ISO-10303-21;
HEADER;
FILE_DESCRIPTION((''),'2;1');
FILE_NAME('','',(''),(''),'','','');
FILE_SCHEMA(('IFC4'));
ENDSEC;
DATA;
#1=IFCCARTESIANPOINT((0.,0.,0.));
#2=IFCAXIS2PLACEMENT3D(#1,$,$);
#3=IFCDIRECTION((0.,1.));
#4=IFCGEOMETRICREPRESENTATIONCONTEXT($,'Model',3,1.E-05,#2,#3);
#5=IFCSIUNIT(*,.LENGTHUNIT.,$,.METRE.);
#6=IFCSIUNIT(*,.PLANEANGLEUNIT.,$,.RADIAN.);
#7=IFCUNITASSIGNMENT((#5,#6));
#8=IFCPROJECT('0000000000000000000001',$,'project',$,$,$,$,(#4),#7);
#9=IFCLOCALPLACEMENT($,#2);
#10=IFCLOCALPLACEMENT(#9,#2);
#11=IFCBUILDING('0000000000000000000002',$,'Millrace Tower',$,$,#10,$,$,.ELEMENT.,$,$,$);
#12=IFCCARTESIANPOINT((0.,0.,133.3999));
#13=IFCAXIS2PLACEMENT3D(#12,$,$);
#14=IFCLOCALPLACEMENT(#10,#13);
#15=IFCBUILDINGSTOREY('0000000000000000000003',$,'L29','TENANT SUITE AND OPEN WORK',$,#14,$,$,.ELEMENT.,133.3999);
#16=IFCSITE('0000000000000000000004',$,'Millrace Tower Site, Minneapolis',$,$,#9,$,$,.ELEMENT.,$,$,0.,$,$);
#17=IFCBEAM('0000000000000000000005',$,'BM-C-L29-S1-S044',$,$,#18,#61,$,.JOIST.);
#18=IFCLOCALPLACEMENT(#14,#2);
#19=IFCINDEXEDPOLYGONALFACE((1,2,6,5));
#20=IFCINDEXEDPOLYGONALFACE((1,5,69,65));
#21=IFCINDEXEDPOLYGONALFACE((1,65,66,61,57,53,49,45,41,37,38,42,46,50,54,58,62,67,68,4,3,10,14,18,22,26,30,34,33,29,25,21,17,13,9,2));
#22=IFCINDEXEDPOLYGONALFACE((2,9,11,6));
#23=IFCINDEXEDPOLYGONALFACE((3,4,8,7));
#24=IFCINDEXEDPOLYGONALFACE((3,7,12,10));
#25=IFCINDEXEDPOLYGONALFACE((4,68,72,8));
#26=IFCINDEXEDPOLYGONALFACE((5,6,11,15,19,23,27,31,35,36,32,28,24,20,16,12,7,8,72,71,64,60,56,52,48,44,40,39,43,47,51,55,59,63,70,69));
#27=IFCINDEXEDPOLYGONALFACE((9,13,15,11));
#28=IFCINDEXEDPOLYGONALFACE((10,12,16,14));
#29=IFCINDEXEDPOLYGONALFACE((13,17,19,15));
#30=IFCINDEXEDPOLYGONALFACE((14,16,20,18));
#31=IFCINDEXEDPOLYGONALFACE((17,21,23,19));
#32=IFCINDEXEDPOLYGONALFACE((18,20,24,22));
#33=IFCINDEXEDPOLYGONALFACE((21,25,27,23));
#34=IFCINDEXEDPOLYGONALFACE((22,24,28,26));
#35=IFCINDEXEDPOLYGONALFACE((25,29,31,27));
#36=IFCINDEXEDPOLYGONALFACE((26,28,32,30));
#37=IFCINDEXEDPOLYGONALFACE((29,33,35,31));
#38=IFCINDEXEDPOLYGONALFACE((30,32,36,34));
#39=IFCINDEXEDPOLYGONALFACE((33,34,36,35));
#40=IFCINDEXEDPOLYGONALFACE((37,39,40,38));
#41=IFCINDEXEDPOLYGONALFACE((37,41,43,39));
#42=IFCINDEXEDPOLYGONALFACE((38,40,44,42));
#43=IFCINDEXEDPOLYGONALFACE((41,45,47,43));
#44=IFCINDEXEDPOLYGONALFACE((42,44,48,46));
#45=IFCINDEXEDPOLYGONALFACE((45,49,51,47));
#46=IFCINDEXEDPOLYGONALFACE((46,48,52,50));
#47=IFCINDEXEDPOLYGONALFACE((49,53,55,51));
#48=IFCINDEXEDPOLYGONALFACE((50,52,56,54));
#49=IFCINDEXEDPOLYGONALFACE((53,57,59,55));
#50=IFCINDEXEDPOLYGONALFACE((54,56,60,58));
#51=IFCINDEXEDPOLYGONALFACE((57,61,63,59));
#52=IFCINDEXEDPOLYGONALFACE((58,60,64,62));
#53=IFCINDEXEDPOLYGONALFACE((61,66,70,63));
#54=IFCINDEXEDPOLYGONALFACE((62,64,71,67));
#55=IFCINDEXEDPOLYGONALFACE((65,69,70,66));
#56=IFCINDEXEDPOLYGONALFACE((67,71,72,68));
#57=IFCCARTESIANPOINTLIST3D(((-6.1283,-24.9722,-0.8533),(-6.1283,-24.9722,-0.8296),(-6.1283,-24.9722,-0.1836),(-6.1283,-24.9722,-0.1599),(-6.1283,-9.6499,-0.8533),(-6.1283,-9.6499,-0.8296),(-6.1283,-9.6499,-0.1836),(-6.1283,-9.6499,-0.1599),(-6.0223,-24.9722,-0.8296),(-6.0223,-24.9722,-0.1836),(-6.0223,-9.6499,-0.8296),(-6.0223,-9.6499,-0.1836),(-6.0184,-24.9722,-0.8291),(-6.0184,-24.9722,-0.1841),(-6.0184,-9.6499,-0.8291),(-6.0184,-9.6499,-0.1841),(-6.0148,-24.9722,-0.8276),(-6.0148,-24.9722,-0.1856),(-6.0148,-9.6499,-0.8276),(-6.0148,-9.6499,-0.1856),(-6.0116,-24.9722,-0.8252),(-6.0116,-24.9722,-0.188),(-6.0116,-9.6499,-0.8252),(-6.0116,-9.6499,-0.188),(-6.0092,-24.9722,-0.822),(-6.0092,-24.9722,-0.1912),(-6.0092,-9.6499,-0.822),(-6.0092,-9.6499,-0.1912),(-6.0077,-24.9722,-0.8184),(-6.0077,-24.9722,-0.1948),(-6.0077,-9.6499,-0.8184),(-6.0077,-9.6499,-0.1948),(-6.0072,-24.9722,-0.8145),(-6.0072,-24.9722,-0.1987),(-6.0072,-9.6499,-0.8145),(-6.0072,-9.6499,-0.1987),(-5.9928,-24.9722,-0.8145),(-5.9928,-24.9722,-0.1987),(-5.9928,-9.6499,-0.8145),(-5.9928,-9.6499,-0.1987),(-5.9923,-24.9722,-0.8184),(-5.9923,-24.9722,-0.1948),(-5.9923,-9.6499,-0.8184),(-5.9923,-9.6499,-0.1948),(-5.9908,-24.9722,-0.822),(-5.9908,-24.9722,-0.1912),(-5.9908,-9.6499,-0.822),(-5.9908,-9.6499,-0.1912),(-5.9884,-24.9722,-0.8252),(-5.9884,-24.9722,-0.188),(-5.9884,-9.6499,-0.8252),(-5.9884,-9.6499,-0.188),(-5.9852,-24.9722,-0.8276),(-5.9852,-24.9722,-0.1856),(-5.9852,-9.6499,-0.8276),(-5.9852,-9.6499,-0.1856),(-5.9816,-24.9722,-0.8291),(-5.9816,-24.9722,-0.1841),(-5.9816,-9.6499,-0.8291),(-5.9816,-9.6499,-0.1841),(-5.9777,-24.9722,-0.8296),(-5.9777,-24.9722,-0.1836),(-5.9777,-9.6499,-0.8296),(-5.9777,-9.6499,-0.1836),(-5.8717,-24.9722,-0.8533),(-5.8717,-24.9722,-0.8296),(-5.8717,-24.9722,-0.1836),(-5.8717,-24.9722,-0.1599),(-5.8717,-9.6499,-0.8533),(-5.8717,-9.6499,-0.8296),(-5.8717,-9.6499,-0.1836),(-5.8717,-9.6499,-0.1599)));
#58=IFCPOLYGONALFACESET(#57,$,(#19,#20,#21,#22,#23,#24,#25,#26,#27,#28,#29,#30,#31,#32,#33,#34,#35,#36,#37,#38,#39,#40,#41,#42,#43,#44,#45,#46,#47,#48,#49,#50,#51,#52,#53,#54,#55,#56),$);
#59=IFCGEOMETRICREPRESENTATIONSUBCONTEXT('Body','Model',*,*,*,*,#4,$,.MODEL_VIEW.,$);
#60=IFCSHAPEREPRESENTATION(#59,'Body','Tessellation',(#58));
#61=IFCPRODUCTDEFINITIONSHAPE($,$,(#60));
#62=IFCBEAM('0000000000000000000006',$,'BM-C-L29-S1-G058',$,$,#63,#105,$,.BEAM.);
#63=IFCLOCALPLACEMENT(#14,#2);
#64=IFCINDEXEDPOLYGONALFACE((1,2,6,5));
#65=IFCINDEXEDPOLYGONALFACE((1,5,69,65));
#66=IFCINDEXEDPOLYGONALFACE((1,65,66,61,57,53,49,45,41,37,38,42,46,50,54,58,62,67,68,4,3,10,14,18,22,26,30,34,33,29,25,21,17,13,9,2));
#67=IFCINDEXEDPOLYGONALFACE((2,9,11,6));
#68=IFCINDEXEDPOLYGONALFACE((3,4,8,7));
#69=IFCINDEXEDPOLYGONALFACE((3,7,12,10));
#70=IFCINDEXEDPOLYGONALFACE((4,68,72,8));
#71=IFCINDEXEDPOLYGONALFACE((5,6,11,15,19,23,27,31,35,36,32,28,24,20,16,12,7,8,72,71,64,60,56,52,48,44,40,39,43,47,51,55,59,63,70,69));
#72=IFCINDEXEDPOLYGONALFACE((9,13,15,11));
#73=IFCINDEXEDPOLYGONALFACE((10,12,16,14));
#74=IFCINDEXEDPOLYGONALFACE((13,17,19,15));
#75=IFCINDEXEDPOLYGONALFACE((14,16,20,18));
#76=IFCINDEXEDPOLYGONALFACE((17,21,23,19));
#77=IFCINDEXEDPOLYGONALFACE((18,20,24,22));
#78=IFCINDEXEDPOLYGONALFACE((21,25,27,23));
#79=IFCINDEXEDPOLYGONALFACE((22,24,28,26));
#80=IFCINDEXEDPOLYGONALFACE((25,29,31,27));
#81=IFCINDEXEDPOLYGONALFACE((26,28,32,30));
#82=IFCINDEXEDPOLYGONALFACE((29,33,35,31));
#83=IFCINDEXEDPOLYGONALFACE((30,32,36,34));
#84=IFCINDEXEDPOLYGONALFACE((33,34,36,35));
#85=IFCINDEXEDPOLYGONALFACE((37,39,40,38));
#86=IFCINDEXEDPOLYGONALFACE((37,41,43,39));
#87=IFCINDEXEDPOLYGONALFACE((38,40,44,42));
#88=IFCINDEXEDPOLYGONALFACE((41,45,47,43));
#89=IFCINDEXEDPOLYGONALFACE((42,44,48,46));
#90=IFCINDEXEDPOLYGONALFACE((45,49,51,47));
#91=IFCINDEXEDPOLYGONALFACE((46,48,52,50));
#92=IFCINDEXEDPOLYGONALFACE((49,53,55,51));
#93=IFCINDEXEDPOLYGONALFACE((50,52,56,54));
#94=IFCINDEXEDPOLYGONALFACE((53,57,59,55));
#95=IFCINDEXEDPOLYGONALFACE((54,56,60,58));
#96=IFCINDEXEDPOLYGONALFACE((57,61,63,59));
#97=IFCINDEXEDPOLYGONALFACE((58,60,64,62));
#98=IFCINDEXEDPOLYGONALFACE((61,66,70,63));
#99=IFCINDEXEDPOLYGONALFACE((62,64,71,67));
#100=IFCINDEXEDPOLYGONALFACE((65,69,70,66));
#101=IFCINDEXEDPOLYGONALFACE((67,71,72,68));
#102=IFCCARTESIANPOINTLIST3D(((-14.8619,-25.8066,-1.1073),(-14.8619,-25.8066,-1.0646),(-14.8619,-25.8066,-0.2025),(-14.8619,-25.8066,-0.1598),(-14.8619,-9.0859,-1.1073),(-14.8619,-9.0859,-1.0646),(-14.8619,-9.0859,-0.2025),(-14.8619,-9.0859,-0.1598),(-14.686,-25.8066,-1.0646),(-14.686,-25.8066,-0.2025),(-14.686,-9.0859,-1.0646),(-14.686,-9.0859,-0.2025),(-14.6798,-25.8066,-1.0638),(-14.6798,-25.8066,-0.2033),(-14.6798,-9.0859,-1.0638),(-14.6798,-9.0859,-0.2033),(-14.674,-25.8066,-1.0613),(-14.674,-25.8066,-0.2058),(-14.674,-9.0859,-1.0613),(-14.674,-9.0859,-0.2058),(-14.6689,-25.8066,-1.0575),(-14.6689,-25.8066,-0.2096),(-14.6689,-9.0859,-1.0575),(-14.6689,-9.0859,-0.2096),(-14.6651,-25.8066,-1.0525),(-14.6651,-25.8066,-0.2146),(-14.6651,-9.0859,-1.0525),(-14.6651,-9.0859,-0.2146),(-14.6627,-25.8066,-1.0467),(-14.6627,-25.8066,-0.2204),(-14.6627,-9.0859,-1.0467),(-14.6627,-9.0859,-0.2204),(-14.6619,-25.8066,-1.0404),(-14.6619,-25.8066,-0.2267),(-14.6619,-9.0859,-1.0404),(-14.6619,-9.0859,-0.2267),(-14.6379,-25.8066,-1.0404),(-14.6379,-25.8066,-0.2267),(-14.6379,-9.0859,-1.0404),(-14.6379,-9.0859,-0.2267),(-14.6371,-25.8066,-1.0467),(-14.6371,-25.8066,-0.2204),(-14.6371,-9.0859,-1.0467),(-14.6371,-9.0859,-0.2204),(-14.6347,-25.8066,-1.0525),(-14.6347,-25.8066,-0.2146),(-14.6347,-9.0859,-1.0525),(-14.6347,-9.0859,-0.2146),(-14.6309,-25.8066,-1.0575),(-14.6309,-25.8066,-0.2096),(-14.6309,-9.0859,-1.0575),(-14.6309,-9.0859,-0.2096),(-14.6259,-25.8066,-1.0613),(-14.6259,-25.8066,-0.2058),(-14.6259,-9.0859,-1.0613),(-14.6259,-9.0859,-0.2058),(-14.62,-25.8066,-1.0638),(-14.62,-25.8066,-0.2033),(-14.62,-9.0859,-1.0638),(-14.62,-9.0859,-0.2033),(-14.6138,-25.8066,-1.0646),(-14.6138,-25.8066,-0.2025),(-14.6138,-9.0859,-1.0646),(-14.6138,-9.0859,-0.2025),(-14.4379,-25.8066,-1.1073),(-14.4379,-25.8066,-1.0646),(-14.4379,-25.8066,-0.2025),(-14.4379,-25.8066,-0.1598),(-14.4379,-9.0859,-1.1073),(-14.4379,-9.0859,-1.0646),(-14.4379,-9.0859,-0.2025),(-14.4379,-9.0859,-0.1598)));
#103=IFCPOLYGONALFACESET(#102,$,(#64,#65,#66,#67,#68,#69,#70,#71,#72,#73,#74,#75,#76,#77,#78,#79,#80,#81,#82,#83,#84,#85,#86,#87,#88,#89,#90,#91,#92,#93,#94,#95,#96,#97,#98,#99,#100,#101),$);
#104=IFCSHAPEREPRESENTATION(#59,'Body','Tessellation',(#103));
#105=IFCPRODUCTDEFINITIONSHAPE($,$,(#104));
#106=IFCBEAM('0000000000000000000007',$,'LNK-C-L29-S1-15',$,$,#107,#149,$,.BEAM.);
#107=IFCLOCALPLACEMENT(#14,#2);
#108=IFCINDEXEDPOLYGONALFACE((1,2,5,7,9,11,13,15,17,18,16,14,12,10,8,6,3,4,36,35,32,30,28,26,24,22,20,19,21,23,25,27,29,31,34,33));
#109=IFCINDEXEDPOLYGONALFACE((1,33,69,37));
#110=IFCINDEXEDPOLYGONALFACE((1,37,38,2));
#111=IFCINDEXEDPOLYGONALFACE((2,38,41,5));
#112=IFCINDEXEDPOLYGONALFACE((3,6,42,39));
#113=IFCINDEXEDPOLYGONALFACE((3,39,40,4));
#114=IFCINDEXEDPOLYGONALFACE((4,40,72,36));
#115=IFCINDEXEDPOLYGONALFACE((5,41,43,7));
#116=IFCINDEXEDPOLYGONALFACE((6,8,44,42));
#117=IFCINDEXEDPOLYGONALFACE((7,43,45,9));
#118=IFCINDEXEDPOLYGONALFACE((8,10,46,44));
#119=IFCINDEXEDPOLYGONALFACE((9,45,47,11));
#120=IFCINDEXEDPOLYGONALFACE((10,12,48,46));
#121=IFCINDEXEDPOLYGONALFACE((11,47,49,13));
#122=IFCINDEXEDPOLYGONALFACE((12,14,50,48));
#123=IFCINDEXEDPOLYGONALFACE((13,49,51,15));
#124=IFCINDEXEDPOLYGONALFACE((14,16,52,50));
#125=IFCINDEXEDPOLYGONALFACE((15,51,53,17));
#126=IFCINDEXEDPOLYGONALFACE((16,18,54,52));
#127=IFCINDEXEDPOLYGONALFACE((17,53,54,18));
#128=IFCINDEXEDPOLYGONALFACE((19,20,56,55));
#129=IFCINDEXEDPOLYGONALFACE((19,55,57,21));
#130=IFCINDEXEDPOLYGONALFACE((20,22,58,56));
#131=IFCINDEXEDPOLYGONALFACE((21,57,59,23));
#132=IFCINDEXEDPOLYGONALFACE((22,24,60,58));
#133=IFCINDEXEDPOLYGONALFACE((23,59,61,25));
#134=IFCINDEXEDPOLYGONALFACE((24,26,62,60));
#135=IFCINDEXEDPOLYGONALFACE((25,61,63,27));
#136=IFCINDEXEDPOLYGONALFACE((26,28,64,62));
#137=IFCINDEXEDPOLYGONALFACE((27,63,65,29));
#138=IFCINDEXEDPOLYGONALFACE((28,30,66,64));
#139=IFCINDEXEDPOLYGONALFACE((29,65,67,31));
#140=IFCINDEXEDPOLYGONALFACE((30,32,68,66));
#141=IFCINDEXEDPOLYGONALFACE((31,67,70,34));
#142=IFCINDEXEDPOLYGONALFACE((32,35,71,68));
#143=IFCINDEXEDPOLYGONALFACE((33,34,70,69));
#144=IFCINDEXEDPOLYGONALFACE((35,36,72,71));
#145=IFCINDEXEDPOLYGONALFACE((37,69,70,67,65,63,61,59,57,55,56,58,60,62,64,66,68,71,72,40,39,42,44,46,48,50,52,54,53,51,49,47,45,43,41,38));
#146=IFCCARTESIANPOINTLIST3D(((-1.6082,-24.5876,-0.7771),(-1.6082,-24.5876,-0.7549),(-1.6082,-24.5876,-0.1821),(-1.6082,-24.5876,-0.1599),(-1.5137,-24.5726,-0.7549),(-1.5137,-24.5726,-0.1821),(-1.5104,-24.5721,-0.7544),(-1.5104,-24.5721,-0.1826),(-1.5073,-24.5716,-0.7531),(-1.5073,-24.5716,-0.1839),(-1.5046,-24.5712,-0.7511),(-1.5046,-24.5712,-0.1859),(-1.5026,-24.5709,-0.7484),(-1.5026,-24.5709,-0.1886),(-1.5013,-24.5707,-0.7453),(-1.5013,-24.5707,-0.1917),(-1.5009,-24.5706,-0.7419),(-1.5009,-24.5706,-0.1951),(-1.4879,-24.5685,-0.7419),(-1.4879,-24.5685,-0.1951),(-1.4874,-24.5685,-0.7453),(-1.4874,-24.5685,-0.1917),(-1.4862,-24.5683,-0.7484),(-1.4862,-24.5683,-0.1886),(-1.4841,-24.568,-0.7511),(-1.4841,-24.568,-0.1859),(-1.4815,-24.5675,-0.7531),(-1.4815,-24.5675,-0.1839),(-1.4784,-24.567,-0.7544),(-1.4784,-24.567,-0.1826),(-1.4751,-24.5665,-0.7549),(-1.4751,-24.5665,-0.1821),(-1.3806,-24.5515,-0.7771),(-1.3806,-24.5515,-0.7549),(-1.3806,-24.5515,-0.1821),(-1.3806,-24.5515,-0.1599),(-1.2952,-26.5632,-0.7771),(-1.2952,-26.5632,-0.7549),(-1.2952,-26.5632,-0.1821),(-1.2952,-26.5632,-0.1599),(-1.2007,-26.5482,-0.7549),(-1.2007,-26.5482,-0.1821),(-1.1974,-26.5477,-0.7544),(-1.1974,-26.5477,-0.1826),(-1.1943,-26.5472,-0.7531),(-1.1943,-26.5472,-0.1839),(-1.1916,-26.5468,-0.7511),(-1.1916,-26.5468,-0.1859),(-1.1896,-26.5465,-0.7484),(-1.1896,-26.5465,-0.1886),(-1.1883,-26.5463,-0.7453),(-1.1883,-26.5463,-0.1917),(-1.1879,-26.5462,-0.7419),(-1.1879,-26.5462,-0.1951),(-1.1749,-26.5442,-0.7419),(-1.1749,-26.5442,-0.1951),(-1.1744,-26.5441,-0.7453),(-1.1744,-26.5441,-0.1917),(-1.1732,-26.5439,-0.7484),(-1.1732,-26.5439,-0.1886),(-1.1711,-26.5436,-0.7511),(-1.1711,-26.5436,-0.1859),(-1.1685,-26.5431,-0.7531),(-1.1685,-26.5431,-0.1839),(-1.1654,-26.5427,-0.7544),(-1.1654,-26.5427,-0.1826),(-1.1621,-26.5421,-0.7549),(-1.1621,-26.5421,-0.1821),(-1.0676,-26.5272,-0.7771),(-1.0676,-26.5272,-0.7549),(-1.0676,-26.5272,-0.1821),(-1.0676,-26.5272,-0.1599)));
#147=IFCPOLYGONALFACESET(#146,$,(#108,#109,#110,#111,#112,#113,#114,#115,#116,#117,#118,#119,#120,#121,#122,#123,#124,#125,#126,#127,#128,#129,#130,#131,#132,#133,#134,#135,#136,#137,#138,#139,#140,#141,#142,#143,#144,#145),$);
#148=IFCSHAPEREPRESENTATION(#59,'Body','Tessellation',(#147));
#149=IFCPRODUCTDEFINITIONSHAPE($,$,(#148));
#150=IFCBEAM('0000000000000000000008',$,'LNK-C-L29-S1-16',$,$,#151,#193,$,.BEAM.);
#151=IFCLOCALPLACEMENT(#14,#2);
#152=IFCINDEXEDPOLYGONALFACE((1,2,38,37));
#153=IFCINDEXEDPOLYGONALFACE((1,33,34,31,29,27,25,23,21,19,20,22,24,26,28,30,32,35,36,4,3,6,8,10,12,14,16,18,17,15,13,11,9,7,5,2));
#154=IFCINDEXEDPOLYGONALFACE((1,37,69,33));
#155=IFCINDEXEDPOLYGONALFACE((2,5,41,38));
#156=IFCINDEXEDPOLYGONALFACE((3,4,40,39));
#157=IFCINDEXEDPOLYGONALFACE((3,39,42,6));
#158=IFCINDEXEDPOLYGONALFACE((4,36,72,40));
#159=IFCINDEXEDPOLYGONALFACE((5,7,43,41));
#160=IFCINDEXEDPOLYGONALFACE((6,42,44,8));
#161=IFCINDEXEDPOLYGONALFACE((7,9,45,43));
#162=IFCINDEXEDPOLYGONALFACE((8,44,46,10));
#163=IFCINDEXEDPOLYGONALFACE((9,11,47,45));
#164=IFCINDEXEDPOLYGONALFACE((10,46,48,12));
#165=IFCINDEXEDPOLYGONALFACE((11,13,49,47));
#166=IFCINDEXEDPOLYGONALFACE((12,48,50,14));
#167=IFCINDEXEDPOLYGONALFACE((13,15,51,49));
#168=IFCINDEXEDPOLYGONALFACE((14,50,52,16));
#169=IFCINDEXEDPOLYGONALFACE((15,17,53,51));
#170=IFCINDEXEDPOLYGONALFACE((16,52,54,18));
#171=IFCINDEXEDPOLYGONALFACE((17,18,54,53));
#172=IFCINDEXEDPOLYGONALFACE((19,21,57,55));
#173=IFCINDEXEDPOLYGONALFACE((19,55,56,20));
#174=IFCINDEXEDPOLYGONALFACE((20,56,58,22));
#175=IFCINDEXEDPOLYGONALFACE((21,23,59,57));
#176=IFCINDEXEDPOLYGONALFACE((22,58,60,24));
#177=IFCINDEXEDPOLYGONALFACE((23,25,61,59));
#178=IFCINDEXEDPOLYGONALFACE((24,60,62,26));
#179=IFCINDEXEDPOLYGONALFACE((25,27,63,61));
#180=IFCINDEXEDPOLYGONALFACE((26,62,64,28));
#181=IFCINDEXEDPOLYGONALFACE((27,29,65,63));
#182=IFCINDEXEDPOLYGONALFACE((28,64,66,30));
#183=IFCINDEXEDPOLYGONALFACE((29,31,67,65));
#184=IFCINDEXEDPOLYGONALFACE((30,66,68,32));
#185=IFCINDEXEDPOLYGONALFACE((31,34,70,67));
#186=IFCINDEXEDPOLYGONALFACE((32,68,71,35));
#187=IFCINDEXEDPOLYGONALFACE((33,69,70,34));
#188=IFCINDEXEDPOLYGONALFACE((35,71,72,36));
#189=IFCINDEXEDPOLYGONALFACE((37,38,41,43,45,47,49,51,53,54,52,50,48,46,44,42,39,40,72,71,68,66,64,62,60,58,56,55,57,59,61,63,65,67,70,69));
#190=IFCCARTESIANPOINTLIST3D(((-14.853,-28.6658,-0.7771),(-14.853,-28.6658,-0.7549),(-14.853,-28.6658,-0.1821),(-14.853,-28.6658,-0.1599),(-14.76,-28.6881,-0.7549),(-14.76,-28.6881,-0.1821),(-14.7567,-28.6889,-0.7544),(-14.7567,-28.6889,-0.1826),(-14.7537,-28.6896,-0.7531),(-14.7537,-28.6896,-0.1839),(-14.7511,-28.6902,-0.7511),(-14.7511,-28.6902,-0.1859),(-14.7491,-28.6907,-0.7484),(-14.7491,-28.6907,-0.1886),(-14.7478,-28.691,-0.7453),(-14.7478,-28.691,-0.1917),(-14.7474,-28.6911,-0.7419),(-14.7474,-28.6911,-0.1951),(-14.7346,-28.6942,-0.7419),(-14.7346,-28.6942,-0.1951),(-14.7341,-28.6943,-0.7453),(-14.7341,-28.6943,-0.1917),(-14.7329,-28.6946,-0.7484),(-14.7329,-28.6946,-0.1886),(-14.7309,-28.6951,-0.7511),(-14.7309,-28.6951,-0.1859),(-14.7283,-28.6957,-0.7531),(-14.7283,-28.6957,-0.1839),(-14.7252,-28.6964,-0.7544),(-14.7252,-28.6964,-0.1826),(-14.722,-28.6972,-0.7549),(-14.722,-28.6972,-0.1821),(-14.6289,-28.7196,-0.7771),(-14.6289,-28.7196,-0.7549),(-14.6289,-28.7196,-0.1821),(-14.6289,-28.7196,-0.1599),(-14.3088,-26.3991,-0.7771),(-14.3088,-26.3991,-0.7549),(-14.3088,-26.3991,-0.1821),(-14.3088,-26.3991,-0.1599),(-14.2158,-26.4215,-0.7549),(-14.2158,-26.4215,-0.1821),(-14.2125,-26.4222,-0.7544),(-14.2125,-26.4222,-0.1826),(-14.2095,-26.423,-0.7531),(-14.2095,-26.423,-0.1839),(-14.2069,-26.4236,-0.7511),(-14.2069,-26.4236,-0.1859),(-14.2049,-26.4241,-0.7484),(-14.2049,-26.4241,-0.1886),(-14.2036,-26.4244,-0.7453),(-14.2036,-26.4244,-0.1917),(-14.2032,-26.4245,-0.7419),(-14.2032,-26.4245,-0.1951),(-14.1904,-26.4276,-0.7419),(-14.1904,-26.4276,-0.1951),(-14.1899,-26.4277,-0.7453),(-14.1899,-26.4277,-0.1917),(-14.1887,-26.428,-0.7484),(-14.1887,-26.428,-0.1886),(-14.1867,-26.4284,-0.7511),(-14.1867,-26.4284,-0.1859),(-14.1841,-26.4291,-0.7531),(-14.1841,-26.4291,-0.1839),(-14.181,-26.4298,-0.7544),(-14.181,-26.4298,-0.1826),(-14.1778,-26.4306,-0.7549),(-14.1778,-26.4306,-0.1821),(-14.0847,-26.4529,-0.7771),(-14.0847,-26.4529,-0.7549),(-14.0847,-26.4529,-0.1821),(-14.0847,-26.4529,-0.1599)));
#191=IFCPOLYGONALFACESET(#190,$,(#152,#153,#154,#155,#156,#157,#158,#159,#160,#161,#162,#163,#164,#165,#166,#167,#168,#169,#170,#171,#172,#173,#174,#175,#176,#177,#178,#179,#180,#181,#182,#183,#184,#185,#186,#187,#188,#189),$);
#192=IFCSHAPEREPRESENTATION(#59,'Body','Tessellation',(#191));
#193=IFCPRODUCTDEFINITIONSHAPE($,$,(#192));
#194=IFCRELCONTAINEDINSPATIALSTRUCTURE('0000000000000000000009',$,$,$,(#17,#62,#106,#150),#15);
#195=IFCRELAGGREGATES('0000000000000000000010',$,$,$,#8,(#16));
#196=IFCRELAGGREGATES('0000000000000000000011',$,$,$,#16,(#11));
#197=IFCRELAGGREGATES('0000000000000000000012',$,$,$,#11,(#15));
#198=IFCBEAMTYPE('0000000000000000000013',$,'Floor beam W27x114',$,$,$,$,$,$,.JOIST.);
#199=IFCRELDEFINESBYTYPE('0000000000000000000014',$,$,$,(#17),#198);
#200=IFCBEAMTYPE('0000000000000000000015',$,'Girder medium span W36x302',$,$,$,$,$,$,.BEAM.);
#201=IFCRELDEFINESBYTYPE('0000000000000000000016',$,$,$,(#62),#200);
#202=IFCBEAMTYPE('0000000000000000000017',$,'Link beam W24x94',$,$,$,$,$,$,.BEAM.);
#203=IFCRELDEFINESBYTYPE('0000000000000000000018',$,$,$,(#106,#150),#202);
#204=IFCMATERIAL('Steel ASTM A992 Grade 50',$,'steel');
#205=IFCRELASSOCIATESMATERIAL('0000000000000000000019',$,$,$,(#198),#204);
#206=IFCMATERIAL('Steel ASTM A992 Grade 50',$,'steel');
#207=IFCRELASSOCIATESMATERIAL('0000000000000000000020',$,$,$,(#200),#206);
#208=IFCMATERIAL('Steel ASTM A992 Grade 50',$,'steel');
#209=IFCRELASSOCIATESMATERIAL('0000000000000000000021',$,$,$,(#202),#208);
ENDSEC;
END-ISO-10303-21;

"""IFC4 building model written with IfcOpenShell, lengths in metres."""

from ifc_helpers import new_model, si_unit, direction, frame, origin, origin_2d, place, context, subcontext, project, spatial, i_section, extrude, material, material_profile, profile_set, type_object, element, save


model = new_model("IFC4")

# Units and contexts
model_context = context("Model", 3, precision=1e-05, world=origin(), true_north=direction((0.0, 1.0)))
body_context = subcontext(model_context, "Body", "Model", "MODEL_VIEW")
ifc_project = project(units=[si_unit("LENGTHUNIT", "METRE"), si_unit("PLANEANGLEUNIT", "RADIAN")], contexts=[model_context])

# Site, building, storey
site_placement = place(None, origin())
site = spatial("IfcSite", under=ifc_project, at=site_placement, Name="Millrace Tower Site, Minneapolis", CompositionType="ELEMENT", RefElevation=0.0)
building_placement = place(site_placement, origin())
building = spatial("IfcBuilding", under=site, at=building_placement, Name="Millrace Tower", CompositionType="ELEMENT")
storey_placement = place(building_placement, frame((0.0, 0.0, 133.3999)))
storey = spatial("IfcBuildingStorey", under=building, at=storey_placement, Name="L29", Description="TENANT SUITE AND OPEN WORK", CompositionType="ELEMENT", Elevation=133.3999)

# Beams
ifc_material_1 = material(Name="Steel ASTM A992 Grade 50", Category="steel")
ifc_material_profile_1 = material_profile(ifc_material_1, i_section(OverallWidth=0.2566, OverallDepth=0.6934, WebThickness=0.0144, FlangeThickness=0.0237, FilletRadius=0.0151, at=origin_2d()))
ifc_profile_set_1 = profile_set([ifc_material_profile_1], Name="Steel ASTM A992 Grade 50")
beam_type_1 = type_object("IfcBeamType", Name="Floor beam W27x114", PredefinedType="JOIST", material=ifc_profile_set_1)
beam_1_placement = place(storey_placement, frame((-6.0, -24.9722, -0.5066), z_axis=(0.0, 1.0, 0.0), x_axis=(-1.0, 0.0, 0.0)))
element("IfcBeam", 1, at=beam_1_placement, inside=storey, type_object=beam_type_1, Name="BM-C-L29-S1-S044", PredefinedType="JOIST", context=body_context, shape_type="SweptSolid", body=[
    extrude(i_section(OverallWidth=0.2566, OverallDepth=0.6934, WebThickness=0.0144, FlangeThickness=0.0237, FilletRadius=0.0151, at=origin_2d()), origin(), (0.0, 0.0, 1.0), 15.3223),
])
ifc_material_2 = material(Name="Steel ASTM A992 Grade 50", Category="steel")
ifc_material_profile_2 = material_profile(ifc_material_2, i_section(OverallWidth=0.4241, OverallDepth=0.9475, WebThickness=0.0239, FlangeThickness=0.0427, FilletRadius=0.0242, at=origin_2d()))
ifc_profile_set_2 = profile_set([ifc_material_profile_2], Name="Steel ASTM A992 Grade 50")
beam_type_2 = type_object("IfcBeamType", Name="Girder medium span W36x302", PredefinedType="BEAM", material=ifc_profile_set_2)
beam_2_placement = place(storey_placement, frame((-14.6499, -25.8066, -0.6335), z_axis=(0.0, 1.0, 0.0), x_axis=(-1.0, 0.0, 0.0)))
element("IfcBeam", 2, at=beam_2_placement, inside=storey, type_object=beam_type_2, Name="BM-C-L29-S1-G058", PredefinedType="BEAM", context=body_context, shape_type="SweptSolid", body=[
    extrude(i_section(OverallWidth=0.4241, OverallDepth=0.9475, WebThickness=0.0239, FlangeThickness=0.0427, FilletRadius=0.0242, at=origin_2d()), origin(), (0.0, 0.0, 1.0), 16.7207),
])
ifc_material_3 = material(Name="Steel ASTM A992 Grade 50", Category="steel")
ifc_material_profile_3 = material_profile(ifc_material_3, i_section(OverallWidth=0.2305, OverallDepth=0.6172, WebThickness=0.0132, FlangeThickness=0.0222, FilletRadius=0.0129, at=origin_2d()))
ifc_profile_set_3 = profile_set([ifc_material_profile_3], Name="Steel ASTM A992 Grade 50")
beam_type_3 = type_object("IfcBeamType", Name="Link beam W24x94", PredefinedType="BEAM", material=ifc_profile_set_3)
beam_3_placement = place(storey_placement, frame((-1.4944, -24.5696, -0.4685), z_axis=(0.156477, -0.987682, 0.0), x_axis=(0.987682, 0.156477, 0.0)))
element("IfcBeam", 3, at=beam_3_placement, inside=storey, type_object=beam_type_3, Name="LNK-C-L29-S1-15", PredefinedType="BEAM", context=body_context, shape_type="SweptSolid", body=[
    extrude(i_section(OverallWidth=0.2305, OverallDepth=0.6172, WebThickness=0.0132, FlangeThickness=0.0222, FilletRadius=0.0129, at=origin_2d()), origin(), (0.0, 0.0, 1.0), 2.0002),
])
beam_4_placement = place(storey_placement, frame((-14.1968, -26.426, -0.4685), z_axis=(-0.233456, -0.972367, 0.0), x_axis=(0.972367, -0.233456, 0.0)))
element("IfcBeam", 4, at=beam_4_placement, inside=storey, type_object=beam_type_3, Name="LNK-C-L29-S1-16", PredefinedType="BEAM", context=body_context, shape_type="SweptSolid", body=[
    extrude(i_section(OverallWidth=0.2305, OverallDepth=0.6172, WebThickness=0.0132, FlangeThickness=0.0222, FilletRadius=0.0129, at=origin_2d()), origin(), (0.0, 0.0, 1.0), 2.3311),
])

save(model, "model.ifc")
